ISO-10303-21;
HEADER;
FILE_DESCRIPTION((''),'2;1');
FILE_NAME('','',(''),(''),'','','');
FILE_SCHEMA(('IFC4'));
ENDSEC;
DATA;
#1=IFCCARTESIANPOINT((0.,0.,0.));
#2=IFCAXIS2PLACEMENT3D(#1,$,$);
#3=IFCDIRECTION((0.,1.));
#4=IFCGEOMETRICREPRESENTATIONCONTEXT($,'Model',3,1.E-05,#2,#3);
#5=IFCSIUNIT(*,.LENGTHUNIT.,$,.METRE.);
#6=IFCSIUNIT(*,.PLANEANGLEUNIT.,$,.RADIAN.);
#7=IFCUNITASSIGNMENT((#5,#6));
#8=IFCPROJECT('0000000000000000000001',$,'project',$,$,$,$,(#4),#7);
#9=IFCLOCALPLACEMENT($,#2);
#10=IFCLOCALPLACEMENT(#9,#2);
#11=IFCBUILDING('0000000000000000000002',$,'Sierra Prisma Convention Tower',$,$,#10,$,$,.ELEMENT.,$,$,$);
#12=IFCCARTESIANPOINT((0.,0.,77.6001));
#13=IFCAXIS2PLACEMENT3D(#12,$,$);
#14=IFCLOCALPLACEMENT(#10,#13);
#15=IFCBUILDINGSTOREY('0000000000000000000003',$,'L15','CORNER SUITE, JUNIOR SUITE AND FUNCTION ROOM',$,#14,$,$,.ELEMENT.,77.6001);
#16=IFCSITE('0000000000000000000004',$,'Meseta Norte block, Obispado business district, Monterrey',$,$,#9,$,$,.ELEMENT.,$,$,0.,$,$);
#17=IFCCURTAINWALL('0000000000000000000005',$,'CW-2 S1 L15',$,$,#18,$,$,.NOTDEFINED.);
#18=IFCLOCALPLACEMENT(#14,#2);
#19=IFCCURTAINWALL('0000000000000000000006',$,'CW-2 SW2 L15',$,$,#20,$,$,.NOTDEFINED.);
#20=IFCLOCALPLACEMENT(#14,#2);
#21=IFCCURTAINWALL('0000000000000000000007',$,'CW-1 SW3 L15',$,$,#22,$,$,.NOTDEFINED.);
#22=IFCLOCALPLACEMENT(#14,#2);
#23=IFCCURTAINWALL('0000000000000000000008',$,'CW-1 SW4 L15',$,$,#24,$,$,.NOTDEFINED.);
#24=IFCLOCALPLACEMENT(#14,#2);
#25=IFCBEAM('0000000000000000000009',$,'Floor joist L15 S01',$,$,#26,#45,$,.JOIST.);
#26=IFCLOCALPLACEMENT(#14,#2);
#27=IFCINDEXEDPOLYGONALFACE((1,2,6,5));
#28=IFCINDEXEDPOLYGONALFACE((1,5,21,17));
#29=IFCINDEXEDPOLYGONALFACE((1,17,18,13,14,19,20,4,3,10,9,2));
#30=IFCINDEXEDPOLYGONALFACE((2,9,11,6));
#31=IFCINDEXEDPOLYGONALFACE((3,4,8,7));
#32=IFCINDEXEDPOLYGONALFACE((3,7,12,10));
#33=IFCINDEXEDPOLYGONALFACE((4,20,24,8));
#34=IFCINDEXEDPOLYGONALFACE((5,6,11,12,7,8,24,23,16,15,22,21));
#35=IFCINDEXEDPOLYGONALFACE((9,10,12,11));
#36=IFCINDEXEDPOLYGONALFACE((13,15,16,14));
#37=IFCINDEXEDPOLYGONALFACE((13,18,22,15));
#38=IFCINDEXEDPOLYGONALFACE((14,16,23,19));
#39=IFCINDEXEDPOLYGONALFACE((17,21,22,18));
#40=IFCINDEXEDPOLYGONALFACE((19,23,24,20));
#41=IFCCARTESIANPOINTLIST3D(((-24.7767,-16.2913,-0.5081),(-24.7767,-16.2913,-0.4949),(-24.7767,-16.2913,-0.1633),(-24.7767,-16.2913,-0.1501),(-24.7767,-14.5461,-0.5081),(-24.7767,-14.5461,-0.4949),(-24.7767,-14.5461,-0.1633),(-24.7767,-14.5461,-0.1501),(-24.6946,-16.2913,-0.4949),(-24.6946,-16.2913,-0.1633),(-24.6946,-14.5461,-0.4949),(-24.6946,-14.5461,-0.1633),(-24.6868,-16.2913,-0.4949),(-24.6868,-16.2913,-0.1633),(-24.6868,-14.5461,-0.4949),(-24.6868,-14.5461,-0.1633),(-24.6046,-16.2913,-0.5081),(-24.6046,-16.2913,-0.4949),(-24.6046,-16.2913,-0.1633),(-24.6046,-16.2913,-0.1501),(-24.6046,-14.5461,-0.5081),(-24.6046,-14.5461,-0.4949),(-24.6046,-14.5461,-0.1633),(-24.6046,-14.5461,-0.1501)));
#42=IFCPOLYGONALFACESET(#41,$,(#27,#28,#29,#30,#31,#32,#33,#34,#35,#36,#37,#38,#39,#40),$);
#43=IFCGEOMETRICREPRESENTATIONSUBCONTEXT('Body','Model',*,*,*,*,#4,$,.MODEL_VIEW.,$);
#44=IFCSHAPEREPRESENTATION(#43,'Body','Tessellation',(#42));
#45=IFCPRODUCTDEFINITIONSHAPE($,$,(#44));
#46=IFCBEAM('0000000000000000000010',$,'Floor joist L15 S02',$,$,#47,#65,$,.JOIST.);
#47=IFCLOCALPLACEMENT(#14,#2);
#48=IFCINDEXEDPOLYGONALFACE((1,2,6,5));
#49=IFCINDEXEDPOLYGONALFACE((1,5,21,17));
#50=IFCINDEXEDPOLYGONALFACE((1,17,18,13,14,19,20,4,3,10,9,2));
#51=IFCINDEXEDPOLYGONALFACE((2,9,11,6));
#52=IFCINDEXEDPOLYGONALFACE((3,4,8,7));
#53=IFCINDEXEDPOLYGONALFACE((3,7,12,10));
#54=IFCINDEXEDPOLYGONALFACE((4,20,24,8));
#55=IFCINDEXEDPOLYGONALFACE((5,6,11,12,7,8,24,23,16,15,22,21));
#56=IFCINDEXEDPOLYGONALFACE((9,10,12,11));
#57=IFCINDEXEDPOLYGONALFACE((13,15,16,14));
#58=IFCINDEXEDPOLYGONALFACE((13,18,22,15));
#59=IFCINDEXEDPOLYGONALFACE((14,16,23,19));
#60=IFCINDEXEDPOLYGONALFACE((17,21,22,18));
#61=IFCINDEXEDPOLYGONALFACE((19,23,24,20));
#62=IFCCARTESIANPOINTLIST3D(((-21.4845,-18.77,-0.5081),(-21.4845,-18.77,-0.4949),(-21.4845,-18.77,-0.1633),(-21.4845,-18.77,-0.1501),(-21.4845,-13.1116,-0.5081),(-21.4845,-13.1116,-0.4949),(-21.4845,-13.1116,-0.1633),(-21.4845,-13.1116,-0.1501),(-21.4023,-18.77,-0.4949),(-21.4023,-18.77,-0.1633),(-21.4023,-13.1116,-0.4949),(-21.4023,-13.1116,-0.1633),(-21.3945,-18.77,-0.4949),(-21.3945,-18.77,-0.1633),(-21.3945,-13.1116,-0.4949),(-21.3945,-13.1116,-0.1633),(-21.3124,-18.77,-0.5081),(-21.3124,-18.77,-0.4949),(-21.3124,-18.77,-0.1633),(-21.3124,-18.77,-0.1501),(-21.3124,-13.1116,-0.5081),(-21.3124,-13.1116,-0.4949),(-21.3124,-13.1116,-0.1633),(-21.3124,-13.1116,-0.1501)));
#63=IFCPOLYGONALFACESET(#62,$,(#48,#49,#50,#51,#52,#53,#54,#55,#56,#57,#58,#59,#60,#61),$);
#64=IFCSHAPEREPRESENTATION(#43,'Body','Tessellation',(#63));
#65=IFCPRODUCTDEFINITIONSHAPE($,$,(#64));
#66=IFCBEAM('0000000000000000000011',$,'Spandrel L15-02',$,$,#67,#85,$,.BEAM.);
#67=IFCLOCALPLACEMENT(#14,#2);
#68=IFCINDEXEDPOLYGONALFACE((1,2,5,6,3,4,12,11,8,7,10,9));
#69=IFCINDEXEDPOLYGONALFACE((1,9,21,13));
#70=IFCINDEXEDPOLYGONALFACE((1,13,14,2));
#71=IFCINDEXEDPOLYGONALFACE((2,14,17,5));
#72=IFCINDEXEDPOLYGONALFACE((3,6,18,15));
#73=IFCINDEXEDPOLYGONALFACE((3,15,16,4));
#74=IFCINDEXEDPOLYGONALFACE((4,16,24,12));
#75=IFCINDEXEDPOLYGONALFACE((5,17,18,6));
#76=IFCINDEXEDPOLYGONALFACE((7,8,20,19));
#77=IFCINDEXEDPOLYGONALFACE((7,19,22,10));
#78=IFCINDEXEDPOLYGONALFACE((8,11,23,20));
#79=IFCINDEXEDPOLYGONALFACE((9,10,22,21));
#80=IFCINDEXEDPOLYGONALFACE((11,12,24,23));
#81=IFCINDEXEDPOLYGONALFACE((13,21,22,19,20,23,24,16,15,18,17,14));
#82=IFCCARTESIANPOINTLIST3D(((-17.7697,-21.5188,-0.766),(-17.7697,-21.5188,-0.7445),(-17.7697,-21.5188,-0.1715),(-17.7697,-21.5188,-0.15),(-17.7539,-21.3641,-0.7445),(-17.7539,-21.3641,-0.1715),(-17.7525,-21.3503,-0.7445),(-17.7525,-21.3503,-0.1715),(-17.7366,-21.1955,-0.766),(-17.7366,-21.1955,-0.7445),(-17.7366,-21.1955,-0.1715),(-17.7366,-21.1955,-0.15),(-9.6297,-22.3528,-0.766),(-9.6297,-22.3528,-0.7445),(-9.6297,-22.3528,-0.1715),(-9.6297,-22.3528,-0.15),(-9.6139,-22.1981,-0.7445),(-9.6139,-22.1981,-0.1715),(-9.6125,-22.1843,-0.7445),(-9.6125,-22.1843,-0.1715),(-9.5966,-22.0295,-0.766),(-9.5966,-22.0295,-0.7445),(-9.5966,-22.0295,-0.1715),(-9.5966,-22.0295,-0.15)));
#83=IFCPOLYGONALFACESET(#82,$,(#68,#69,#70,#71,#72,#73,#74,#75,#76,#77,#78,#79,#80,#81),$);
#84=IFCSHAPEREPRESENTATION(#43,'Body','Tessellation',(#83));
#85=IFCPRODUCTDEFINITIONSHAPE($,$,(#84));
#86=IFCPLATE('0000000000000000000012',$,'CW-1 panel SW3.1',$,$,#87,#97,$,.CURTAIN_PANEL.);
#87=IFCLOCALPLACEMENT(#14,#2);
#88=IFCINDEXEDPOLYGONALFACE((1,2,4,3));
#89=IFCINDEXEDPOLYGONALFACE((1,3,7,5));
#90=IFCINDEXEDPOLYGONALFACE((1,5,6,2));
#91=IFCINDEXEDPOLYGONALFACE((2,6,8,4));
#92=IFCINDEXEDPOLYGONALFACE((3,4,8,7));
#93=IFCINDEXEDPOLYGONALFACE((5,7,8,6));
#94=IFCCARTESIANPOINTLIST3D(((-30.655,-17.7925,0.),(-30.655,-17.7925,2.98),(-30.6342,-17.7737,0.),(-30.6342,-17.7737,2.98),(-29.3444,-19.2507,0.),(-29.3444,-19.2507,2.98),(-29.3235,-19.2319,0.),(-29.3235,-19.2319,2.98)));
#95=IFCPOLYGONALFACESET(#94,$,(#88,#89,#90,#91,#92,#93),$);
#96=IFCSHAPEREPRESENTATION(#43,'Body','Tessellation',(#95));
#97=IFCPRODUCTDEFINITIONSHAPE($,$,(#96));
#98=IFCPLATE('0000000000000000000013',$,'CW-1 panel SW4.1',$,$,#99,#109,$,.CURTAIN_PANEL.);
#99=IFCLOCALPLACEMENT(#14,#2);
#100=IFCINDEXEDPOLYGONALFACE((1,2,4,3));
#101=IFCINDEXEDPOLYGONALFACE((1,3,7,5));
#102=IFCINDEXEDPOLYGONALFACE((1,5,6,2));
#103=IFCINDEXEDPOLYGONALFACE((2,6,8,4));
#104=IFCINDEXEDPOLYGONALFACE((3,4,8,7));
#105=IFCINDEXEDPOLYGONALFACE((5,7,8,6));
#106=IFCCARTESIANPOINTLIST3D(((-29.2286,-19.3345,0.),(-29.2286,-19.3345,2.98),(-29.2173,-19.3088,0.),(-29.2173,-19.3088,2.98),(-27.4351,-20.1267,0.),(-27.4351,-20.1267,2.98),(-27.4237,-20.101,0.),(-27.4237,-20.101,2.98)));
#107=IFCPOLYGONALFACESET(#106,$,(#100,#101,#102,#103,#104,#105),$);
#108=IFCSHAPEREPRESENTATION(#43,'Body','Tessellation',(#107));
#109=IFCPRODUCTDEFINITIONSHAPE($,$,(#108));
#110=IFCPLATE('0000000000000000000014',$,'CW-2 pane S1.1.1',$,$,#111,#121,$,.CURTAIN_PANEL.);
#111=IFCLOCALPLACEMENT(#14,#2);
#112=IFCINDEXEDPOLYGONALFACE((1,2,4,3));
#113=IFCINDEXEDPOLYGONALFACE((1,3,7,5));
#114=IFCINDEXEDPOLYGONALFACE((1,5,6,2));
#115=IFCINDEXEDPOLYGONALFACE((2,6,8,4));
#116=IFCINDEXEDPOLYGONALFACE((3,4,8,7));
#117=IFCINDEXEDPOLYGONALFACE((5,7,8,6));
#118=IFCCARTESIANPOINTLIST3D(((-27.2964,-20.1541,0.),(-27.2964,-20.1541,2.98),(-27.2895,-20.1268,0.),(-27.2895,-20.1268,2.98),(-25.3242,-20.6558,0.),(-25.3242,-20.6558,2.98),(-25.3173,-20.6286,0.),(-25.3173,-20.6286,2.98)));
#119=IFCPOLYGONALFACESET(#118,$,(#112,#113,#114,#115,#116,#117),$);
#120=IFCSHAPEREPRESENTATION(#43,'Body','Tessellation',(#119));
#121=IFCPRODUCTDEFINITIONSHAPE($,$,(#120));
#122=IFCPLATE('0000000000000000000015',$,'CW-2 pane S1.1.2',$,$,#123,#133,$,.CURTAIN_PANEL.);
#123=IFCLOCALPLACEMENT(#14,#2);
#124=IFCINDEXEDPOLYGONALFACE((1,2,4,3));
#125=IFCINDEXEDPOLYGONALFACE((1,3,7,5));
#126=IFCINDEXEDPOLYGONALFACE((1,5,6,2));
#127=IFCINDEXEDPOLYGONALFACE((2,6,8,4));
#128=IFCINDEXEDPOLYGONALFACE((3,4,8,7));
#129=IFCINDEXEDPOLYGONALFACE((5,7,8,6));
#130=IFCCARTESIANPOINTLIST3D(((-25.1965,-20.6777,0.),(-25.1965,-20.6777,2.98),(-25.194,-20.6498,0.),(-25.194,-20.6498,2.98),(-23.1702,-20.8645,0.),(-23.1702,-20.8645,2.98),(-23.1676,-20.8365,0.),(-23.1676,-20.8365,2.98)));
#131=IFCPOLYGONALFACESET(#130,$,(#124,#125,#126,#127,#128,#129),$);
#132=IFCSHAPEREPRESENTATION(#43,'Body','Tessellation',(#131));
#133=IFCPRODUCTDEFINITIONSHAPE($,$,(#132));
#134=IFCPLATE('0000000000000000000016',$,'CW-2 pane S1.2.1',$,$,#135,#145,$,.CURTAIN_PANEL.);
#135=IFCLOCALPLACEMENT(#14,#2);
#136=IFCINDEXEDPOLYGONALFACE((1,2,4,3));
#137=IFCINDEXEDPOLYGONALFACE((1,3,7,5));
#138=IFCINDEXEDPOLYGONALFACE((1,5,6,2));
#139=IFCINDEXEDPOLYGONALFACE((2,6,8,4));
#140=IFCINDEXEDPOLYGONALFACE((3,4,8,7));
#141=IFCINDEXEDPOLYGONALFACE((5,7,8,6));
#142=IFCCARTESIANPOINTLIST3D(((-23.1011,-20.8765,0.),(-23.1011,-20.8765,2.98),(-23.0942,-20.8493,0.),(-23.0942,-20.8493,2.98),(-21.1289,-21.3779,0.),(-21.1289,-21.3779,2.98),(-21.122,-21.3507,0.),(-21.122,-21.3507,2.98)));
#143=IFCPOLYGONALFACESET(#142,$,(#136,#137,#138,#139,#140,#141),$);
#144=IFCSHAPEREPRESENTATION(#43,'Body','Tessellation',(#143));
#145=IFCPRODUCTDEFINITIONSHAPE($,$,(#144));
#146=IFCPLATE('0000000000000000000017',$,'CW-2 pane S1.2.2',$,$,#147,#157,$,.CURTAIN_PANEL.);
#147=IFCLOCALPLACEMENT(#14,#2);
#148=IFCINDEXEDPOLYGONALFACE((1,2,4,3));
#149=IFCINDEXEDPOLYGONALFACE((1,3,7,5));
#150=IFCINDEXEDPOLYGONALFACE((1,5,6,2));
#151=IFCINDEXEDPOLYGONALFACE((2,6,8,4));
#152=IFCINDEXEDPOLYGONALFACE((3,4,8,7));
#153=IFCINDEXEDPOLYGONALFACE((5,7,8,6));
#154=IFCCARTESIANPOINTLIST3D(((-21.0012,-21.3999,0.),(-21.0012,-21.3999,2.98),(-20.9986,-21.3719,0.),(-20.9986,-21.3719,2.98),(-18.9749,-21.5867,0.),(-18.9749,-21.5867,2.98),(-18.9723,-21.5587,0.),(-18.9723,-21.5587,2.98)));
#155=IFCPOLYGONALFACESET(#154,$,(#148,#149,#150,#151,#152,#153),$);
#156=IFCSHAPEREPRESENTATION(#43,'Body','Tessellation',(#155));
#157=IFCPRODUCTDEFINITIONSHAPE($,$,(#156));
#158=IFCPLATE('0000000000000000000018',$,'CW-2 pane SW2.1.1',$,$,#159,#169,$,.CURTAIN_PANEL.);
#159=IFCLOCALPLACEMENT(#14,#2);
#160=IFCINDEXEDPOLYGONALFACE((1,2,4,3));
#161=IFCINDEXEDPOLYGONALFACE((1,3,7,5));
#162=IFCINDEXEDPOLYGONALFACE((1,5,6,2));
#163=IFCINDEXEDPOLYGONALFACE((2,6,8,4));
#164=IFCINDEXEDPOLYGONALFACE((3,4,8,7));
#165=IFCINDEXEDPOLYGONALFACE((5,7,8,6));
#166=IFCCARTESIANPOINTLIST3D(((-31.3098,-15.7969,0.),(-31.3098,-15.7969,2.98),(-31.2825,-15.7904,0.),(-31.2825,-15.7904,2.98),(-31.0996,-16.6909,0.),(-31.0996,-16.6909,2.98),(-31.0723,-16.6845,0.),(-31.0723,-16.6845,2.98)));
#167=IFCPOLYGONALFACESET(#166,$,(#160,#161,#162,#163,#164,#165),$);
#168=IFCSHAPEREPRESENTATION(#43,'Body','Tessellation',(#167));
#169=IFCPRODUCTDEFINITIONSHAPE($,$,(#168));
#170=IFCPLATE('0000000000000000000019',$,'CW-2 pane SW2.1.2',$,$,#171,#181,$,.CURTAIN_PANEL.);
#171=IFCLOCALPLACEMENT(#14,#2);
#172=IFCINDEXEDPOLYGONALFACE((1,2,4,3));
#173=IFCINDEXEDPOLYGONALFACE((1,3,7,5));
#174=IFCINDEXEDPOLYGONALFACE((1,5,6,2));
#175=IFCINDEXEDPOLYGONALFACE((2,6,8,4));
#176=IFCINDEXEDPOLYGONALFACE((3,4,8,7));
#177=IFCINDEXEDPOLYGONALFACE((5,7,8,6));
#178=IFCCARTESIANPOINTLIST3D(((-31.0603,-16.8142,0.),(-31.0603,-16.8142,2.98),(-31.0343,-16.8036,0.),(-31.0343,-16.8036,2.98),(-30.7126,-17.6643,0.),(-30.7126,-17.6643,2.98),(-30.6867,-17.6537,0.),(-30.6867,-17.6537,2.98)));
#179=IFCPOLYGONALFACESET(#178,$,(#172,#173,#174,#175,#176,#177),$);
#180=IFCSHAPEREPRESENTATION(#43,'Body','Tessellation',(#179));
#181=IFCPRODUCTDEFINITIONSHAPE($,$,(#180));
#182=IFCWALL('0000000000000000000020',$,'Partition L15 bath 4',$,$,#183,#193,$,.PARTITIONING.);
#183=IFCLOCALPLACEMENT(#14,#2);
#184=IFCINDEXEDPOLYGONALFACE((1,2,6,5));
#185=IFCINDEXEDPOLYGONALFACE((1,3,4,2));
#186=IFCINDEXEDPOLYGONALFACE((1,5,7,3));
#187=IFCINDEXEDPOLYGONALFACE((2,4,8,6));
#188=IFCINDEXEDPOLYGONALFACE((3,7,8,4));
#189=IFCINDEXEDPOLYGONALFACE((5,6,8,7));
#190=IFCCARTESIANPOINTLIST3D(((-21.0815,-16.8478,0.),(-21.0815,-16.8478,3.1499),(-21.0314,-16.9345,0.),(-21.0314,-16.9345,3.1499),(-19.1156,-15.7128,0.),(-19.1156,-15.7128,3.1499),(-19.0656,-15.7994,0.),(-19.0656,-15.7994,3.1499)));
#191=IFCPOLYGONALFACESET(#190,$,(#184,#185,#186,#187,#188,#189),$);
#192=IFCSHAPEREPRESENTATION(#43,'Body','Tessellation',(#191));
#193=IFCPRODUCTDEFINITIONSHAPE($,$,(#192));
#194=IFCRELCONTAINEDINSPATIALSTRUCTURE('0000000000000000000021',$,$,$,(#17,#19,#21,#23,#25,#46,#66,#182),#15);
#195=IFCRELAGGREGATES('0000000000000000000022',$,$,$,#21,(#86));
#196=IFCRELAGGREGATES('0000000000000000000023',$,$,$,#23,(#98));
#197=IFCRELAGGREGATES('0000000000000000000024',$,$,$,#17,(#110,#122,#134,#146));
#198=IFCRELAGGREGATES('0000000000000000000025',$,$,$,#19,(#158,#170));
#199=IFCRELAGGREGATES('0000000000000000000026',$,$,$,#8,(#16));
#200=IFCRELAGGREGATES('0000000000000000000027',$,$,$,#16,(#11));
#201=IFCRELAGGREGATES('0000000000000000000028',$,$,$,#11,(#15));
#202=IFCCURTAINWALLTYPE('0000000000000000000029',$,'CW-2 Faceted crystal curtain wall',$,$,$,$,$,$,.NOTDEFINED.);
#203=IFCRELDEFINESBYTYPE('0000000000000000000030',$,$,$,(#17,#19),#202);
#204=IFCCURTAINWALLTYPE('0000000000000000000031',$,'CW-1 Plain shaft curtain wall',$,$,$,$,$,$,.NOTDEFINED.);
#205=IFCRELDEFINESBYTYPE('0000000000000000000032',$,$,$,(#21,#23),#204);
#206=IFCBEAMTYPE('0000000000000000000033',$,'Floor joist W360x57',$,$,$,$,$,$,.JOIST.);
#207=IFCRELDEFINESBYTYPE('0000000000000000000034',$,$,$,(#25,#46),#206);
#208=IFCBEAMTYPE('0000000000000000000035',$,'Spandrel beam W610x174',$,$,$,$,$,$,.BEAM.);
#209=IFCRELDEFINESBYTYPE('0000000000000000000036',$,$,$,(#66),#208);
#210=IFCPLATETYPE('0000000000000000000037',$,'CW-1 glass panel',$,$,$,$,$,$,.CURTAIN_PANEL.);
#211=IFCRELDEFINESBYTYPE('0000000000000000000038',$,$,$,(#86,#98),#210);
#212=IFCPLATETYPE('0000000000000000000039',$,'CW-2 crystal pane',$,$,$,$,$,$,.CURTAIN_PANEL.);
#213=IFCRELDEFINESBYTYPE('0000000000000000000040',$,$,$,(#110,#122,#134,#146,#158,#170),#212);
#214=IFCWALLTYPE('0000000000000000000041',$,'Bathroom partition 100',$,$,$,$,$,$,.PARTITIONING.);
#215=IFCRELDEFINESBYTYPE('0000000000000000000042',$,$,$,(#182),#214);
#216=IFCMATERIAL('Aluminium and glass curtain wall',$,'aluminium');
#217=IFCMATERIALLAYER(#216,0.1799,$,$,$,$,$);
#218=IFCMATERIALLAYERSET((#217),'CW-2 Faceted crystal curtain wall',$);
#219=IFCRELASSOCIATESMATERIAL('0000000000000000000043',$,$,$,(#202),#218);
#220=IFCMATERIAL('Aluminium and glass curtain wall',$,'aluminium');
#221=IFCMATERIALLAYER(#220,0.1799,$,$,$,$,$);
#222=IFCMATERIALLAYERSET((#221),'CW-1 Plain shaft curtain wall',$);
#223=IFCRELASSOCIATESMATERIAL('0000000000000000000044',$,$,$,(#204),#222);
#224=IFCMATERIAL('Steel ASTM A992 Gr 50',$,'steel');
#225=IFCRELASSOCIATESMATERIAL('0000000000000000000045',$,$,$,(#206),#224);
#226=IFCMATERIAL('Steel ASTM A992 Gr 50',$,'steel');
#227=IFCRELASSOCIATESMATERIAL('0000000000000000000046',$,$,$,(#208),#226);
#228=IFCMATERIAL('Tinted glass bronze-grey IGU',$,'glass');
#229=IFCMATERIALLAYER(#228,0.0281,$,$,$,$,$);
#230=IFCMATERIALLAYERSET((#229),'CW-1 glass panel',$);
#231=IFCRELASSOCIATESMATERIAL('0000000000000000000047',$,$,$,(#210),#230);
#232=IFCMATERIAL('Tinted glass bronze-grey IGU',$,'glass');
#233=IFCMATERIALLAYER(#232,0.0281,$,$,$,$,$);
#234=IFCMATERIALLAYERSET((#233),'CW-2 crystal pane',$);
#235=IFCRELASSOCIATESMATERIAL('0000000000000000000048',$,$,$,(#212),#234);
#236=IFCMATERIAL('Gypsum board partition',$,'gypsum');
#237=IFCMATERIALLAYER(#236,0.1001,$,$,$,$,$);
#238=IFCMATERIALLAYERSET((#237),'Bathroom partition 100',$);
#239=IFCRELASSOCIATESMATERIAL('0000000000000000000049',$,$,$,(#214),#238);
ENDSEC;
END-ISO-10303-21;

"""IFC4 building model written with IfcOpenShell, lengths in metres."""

from ifc_helpers import new_model, si_unit, direction, frame, frame_2d, origin, origin_2d, place, context, subcontext, project, spatial, polyline, rectangle, i_section, outline, extrude, material, layer, layer_set, material_profile, profile_set, type_object, element, aggregate, save


model = new_model("IFC4")

# Units and contexts
model_context = context("Model", 3, precision=1e-05, world=origin(), true_north=direction((0.0, 1.0)))
body_context = subcontext(model_context, "Body", "Model", "MODEL_VIEW")
ifc_project = project(units=[si_unit("LENGTHUNIT", "METRE"), si_unit("PLANEANGLEUNIT", "RADIAN")], contexts=[model_context])

# Site, building, storey
site_placement = place(None, origin())
site = spatial("IfcSite", under=ifc_project, at=site_placement, Name="Meseta Norte block, Obispado business district, Monterrey", CompositionType="ELEMENT", RefElevation=0.0)
building_placement = place(site_placement, origin())
building = spatial("IfcBuilding", under=site, at=building_placement, Name="Sierra Prisma Convention Tower", CompositionType="ELEMENT")
storey_placement = place(building_placement, frame((0.0, 0.0, 77.6001)))
storey = spatial("IfcBuildingStorey", under=building, at=storey_placement, Name="L15", Description="CORNER SUITE, JUNIOR SUITE AND FUNCTION ROOM", CompositionType="ELEMENT", Elevation=77.6001)

# Curtain wall
ifc_material_1 = material(Name="Aluminium and glass curtain wall", Category="aluminium")
ifc_layer_1 = layer(ifc_material_1, 0.1799)
ifc_layer_set_1 = layer_set([ifc_layer_1], Name="CW-2 Faceted crystal curtain wall")
curtain_wall_type_1 = type_object("IfcCurtainWallType", Name="CW-2 Faceted crystal curtain wall", PredefinedType="NOTDEFINED", material=ifc_layer_set_1)
curtain_wall_1_placement = place(storey_placement, origin())
curtain_wall_1 = element("IfcCurtainWall", 1, at=curtain_wall_1_placement, inside=storey, type_object=curtain_wall_type_1, Name="CW-2 S1 L15", PredefinedType="NOTDEFINED")

# Curtain wall
curtain_wall_2_placement = place(storey_placement, origin())
curtain_wall_2 = element("IfcCurtainWall", 2, at=curtain_wall_2_placement, inside=storey, type_object=curtain_wall_type_1, Name="CW-2 SW2 L15", PredefinedType="NOTDEFINED")

# Curtain walls
ifc_material_2 = material(Name="Aluminium and glass curtain wall", Category="aluminium")
ifc_layer_2 = layer(ifc_material_2, 0.1799)
ifc_layer_set_2 = layer_set([ifc_layer_2], Name="CW-1 Plain shaft curtain wall")
curtain_wall_type_2 = type_object("IfcCurtainWallType", Name="CW-1 Plain shaft curtain wall", PredefinedType="NOTDEFINED", material=ifc_layer_set_2)
curtain_wall_3_placement = place(storey_placement, origin())
curtain_wall_3 = element("IfcCurtainWall", 3, at=curtain_wall_3_placement, inside=storey, type_object=curtain_wall_type_2, Name="CW-1 SW3 L15", PredefinedType="NOTDEFINED")
curtain_wall_4_placement = place(storey_placement, origin())
curtain_wall_4 = element("IfcCurtainWall", 4, at=curtain_wall_4_placement, inside=storey, type_object=curtain_wall_type_2, Name="CW-1 SW4 L15", PredefinedType="NOTDEFINED")

# Beams
ifc_material_3 = material(Name="Steel ASTM A992 Gr 50", Category="steel")
ifc_material_profile_1 = material_profile(ifc_material_3, i_section(OverallWidth=0.1721, OverallDepth=0.3579, WebThickness=0.0078, FlangeThickness=0.0132, at=origin_2d()), Name="W360x57")
ifc_profile_set_1 = profile_set([ifc_material_profile_1], Name="Steel ASTM A992 Gr 50")
beam_type_1 = type_object("IfcBeamType", Name="Floor joist W360x57", PredefinedType="JOIST", material=ifc_profile_set_1)
beam_1_placement = place(storey_placement, frame((-24.6907, -16.2913, -0.3291), z_axis=(0.0, 1.0, 0.0), x_axis=(-1.0, 0.0, 0.0)))
element("IfcBeam", 5, at=beam_1_placement, inside=storey, type_object=beam_type_1, Name="Floor joist L15 S01", PredefinedType="JOIST", context=body_context, shape_type="SweptSolid", body=[
    extrude(i_section(OverallWidth=0.1721, OverallDepth=0.3579, WebThickness=0.0078, FlangeThickness=0.0132, at=origin_2d()), origin(), (0.0, 0.0, 1.0), 1.7451),
])
beam_2_placement = place(storey_placement, frame((-21.3984, -18.77, -0.3291), z_axis=(0.0, 1.0, 0.0), x_axis=(-1.0, 0.0, 0.0)))
element("IfcBeam", 6, at=beam_2_placement, inside=storey, type_object=beam_type_1, Name="Floor joist L15 S02", PredefinedType="JOIST", context=body_context, shape_type="SweptSolid", body=[
    extrude(i_section(OverallWidth=0.1721, OverallDepth=0.3579, WebThickness=0.0078, FlangeThickness=0.0132, at=origin_2d()), origin(), (0.0, 0.0, 1.0), 5.6584),
])
ifc_material_4 = material(Name="Steel ASTM A992 Gr 50", Category="steel")
ifc_material_profile_2 = material_profile(ifc_material_4, i_section(OverallWidth=0.325, OverallDepth=0.616, WebThickness=0.0139, FlangeThickness=0.0215, at=origin_2d()), Name="W610x174")
ifc_profile_set_2 = profile_set([ifc_material_profile_2], Name="Steel ASTM A992 Gr 50")
beam_type_2 = type_object("IfcBeamType", Name="Spandrel beam W610x174", PredefinedType="BEAM", material=ifc_profile_set_2)
beam_3_placement = place(storey_placement, frame((-17.7532, -21.3572, -0.458), z_axis=(0.994792, -0.101923, 0.0), x_axis=(0.101923, 0.994792, 0.0)))
element("IfcBeam", 7, at=beam_3_placement, inside=storey, type_object=beam_type_2, Name="Spandrel L15-02", PredefinedType="BEAM", context=body_context, shape_type="SweptSolid", body=[
    extrude(i_section(OverallWidth=0.325, OverallDepth=0.616, WebThickness=0.0139, FlangeThickness=0.0215, at=origin_2d()), origin(), (0.0, 0.0, 1.0), 8.1826),
])

# Plates
ifc_material_5 = material(Name="Tinted glass bronze-grey IGU", Category="glass")
ifc_layer_3 = layer(ifc_material_5, 0.0281)
ifc_layer_set_3 = layer_set([ifc_layer_3], Name="CW-1 glass panel")
plate_type_1 = type_object("IfcPlateType", Name="CW-1 glass panel", PredefinedType="CURTAIN_PANEL", material=ifc_layer_set_3)
plate_1_placement = place(storey_placement, frame((-29.9893, -18.5122, 0.0), z_axis=(0.0, 0.0, 1.0), x_axis=(0.668486, -0.743725, 0.0)))
plate_1 = element("IfcPlate", 8, at=plate_1_placement, type_object=plate_type_1, Name="CW-1 panel SW3.1", PredefinedType="CURTAIN_PANEL", context=body_context, shape_type="SweptSolid", body=[
    extrude(rectangle(XDim=1.9607, YDim=0.0281, at=origin_2d()), origin(), (0.0, 0.0, 1.0), 2.98),
])
aggregate(curtain_wall_3, [plate_1])
plate_2_placement = place(storey_placement, frame((-28.3262, -19.7178, 0.0), z_axis=(0.0, 0.0, 1.0), x_axis=(0.914742, -0.40404, 0.0)))
plate_2 = element("IfcPlate", 9, at=plate_2_placement, type_object=plate_type_1, Name="CW-1 panel SW4.1", PredefinedType="CURTAIN_PANEL", context=body_context, shape_type="SweptSolid", body=[
    extrude(rectangle(XDim=1.9607, YDim=0.0281, at=origin_2d()), origin(), (0.0, 0.0, 1.0), 2.98),
])
aggregate(curtain_wall_4, [plate_2])
ifc_material_6 = material(Name="Tinted glass bronze-grey IGU", Category="glass")
ifc_layer_4 = layer(ifc_material_6, 0.0281)
ifc_layer_set_4 = layer_set([ifc_layer_4], Name="CW-2 crystal pane")
plate_type_2 = type_object("IfcPlateType", Name="CW-2 crystal pane", PredefinedType="CURTAIN_PANEL", material=ifc_layer_set_4)
plate_3_placement = place(storey_placement, frame((-27.2964, -20.1541, 0.0), z_axis=(-0.246542, -0.969132, 0.0), x_axis=(0.969132, -0.246542, 0.0)))
plate_3 = element("IfcPlate", 10, at=plate_3_placement, type_object=plate_type_2, Name="CW-2 pane S1.1.1", PredefinedType="CURTAIN_PANEL", context=body_context, shape_type="SweptSolid", body=[
    extrude(outline(polyline([(0.0, 0.0), (2.035, 0.0), (2.035, 2.98), (0.0, 2.98), (0.0, 0.0)])), origin(), (0.0, 0.0, -1.0), 0.0281),
])
plate_4_placement = place(storey_placement, frame((-23.1702, -20.8645, 0.0), z_axis=(-0.09178, -0.995779, 0.0), x_axis=(-0.995779, 0.09178, 0.0)))
plate_4 = element("IfcPlate", 11, at=plate_4_placement, type_object=plate_type_2, Name="CW-2 pane S1.1.2", PredefinedType="CURTAIN_PANEL", context=body_context, shape_type="SweptSolid", body=[
    extrude(outline(polyline([(0.0, 0.0), (2.035, 0.0), (2.035, -2.98), (0.0, -2.98), (0.0, 0.0)])), origin(), (0.0, 0.0, -1.0), 0.0281),
])
plate_5_placement = place(storey_placement, frame((-23.1011, -20.8765, 0.0), z_axis=(-0.246429, -0.969161, 0.0), x_axis=(0.969161, -0.246429, 0.0)))
plate_5 = element("IfcPlate", 12, at=plate_5_placement, type_object=plate_type_2, Name="CW-2 pane S1.2.1", PredefinedType="CURTAIN_PANEL", context=body_context, shape_type="SweptSolid", body=[
    extrude(outline(polyline([(0.0, 0.0), (2.0349, 0.0), (2.0349, 2.98), (0.0, 2.98), (0.0, 0.0)])), origin(), (0.0, 0.0, -1.0), 0.0281),
])
plate_6_placement = place(storey_placement, frame((-18.9749, -21.5867, 0.0), z_axis=(-0.09178, -0.995779, 0.0), x_axis=(-0.995779, 0.09178, 0.0)))
plate_6 = element("IfcPlate", 13, at=plate_6_placement, type_object=plate_type_2, Name="CW-2 pane S1.2.2", PredefinedType="CURTAIN_PANEL", context=body_context, shape_type="SweptSolid", body=[
    extrude(outline(polyline([(0.0, 0.0), (2.035, 0.0), (2.035, -2.98), (0.0, -2.98), (0.0, 0.0)])), origin(), (0.0, 0.0, -1.0), 0.0281),
])
aggregate(curtain_wall_1, [plate_3, plate_4, plate_5, plate_6])
plate_7_placement = place(storey_placement, frame((-31.3098, -15.7969, 0.0), z_axis=(-0.973456, -0.228876, 0.0), x_axis=(0.228876, -0.973456, 0.0)))
plate_7 = element("IfcPlate", 14, at=plate_7_placement, type_object=plate_type_2, Name="CW-2 pane SW2.1.1", PredefinedType="CURTAIN_PANEL", context=body_context, shape_type="SweptSolid", body=[
    extrude(outline(polyline([(0.0, 0.0), (0.9184, 0.0), (0.9184, 2.98), (0.0, 2.98), (0.0, 0.0)])), origin(), (0.0, 0.0, -1.0), 0.0281),
])
plate_8_placement = place(storey_placement, frame((-30.7126, -17.6643, 0.0), z_axis=(-0.925589, -0.378529, 0.0), x_axis=(-0.378529, 0.925589, 0.0)))
plate_8 = element("IfcPlate", 15, at=plate_8_placement, type_object=plate_type_2, Name="CW-2 pane SW2.1.2", PredefinedType="CURTAIN_PANEL", context=body_context, shape_type="SweptSolid", body=[
    extrude(outline(polyline([(0.0, 0.0), (0.9184, 0.0), (0.9184, -2.98), (0.0, -2.98), (0.0, 0.0)])), origin(), (0.0, 0.0, -1.0), 0.0281),
])
aggregate(curtain_wall_2, [plate_7, plate_8])

# Wall
ifc_material_7 = material(Name="Gypsum board partition", Category="gypsum")
ifc_layer_5 = layer(ifc_material_7, 0.1001)
ifc_layer_set_5 = layer_set([ifc_layer_5], Name="Bathroom partition 100")
wall_type = type_object("IfcWallType", Name="Bathroom partition 100", PredefinedType="PARTITIONING", material=ifc_layer_set_5)
wall_placement = place(storey_placement, frame((-19.0906, -15.7561, 0.0), z_axis=(0.0, 0.0, 1.0), x_axis=(-0.866017, -0.500014, 0.0)))
element("IfcWall", 16, at=wall_placement, inside=storey, type_object=wall_type, Name="Partition L15 bath 4", PredefinedType="PARTITIONING", context=body_context, shape_type="SweptSolid", body=[
    extrude(rectangle(XDim=2.27, YDim=0.1001, at=frame_2d((1.135, 0.0))), origin(), (0.0, 0.0, 1.0), 3.1499),
])

save(model, "model.ifc")
